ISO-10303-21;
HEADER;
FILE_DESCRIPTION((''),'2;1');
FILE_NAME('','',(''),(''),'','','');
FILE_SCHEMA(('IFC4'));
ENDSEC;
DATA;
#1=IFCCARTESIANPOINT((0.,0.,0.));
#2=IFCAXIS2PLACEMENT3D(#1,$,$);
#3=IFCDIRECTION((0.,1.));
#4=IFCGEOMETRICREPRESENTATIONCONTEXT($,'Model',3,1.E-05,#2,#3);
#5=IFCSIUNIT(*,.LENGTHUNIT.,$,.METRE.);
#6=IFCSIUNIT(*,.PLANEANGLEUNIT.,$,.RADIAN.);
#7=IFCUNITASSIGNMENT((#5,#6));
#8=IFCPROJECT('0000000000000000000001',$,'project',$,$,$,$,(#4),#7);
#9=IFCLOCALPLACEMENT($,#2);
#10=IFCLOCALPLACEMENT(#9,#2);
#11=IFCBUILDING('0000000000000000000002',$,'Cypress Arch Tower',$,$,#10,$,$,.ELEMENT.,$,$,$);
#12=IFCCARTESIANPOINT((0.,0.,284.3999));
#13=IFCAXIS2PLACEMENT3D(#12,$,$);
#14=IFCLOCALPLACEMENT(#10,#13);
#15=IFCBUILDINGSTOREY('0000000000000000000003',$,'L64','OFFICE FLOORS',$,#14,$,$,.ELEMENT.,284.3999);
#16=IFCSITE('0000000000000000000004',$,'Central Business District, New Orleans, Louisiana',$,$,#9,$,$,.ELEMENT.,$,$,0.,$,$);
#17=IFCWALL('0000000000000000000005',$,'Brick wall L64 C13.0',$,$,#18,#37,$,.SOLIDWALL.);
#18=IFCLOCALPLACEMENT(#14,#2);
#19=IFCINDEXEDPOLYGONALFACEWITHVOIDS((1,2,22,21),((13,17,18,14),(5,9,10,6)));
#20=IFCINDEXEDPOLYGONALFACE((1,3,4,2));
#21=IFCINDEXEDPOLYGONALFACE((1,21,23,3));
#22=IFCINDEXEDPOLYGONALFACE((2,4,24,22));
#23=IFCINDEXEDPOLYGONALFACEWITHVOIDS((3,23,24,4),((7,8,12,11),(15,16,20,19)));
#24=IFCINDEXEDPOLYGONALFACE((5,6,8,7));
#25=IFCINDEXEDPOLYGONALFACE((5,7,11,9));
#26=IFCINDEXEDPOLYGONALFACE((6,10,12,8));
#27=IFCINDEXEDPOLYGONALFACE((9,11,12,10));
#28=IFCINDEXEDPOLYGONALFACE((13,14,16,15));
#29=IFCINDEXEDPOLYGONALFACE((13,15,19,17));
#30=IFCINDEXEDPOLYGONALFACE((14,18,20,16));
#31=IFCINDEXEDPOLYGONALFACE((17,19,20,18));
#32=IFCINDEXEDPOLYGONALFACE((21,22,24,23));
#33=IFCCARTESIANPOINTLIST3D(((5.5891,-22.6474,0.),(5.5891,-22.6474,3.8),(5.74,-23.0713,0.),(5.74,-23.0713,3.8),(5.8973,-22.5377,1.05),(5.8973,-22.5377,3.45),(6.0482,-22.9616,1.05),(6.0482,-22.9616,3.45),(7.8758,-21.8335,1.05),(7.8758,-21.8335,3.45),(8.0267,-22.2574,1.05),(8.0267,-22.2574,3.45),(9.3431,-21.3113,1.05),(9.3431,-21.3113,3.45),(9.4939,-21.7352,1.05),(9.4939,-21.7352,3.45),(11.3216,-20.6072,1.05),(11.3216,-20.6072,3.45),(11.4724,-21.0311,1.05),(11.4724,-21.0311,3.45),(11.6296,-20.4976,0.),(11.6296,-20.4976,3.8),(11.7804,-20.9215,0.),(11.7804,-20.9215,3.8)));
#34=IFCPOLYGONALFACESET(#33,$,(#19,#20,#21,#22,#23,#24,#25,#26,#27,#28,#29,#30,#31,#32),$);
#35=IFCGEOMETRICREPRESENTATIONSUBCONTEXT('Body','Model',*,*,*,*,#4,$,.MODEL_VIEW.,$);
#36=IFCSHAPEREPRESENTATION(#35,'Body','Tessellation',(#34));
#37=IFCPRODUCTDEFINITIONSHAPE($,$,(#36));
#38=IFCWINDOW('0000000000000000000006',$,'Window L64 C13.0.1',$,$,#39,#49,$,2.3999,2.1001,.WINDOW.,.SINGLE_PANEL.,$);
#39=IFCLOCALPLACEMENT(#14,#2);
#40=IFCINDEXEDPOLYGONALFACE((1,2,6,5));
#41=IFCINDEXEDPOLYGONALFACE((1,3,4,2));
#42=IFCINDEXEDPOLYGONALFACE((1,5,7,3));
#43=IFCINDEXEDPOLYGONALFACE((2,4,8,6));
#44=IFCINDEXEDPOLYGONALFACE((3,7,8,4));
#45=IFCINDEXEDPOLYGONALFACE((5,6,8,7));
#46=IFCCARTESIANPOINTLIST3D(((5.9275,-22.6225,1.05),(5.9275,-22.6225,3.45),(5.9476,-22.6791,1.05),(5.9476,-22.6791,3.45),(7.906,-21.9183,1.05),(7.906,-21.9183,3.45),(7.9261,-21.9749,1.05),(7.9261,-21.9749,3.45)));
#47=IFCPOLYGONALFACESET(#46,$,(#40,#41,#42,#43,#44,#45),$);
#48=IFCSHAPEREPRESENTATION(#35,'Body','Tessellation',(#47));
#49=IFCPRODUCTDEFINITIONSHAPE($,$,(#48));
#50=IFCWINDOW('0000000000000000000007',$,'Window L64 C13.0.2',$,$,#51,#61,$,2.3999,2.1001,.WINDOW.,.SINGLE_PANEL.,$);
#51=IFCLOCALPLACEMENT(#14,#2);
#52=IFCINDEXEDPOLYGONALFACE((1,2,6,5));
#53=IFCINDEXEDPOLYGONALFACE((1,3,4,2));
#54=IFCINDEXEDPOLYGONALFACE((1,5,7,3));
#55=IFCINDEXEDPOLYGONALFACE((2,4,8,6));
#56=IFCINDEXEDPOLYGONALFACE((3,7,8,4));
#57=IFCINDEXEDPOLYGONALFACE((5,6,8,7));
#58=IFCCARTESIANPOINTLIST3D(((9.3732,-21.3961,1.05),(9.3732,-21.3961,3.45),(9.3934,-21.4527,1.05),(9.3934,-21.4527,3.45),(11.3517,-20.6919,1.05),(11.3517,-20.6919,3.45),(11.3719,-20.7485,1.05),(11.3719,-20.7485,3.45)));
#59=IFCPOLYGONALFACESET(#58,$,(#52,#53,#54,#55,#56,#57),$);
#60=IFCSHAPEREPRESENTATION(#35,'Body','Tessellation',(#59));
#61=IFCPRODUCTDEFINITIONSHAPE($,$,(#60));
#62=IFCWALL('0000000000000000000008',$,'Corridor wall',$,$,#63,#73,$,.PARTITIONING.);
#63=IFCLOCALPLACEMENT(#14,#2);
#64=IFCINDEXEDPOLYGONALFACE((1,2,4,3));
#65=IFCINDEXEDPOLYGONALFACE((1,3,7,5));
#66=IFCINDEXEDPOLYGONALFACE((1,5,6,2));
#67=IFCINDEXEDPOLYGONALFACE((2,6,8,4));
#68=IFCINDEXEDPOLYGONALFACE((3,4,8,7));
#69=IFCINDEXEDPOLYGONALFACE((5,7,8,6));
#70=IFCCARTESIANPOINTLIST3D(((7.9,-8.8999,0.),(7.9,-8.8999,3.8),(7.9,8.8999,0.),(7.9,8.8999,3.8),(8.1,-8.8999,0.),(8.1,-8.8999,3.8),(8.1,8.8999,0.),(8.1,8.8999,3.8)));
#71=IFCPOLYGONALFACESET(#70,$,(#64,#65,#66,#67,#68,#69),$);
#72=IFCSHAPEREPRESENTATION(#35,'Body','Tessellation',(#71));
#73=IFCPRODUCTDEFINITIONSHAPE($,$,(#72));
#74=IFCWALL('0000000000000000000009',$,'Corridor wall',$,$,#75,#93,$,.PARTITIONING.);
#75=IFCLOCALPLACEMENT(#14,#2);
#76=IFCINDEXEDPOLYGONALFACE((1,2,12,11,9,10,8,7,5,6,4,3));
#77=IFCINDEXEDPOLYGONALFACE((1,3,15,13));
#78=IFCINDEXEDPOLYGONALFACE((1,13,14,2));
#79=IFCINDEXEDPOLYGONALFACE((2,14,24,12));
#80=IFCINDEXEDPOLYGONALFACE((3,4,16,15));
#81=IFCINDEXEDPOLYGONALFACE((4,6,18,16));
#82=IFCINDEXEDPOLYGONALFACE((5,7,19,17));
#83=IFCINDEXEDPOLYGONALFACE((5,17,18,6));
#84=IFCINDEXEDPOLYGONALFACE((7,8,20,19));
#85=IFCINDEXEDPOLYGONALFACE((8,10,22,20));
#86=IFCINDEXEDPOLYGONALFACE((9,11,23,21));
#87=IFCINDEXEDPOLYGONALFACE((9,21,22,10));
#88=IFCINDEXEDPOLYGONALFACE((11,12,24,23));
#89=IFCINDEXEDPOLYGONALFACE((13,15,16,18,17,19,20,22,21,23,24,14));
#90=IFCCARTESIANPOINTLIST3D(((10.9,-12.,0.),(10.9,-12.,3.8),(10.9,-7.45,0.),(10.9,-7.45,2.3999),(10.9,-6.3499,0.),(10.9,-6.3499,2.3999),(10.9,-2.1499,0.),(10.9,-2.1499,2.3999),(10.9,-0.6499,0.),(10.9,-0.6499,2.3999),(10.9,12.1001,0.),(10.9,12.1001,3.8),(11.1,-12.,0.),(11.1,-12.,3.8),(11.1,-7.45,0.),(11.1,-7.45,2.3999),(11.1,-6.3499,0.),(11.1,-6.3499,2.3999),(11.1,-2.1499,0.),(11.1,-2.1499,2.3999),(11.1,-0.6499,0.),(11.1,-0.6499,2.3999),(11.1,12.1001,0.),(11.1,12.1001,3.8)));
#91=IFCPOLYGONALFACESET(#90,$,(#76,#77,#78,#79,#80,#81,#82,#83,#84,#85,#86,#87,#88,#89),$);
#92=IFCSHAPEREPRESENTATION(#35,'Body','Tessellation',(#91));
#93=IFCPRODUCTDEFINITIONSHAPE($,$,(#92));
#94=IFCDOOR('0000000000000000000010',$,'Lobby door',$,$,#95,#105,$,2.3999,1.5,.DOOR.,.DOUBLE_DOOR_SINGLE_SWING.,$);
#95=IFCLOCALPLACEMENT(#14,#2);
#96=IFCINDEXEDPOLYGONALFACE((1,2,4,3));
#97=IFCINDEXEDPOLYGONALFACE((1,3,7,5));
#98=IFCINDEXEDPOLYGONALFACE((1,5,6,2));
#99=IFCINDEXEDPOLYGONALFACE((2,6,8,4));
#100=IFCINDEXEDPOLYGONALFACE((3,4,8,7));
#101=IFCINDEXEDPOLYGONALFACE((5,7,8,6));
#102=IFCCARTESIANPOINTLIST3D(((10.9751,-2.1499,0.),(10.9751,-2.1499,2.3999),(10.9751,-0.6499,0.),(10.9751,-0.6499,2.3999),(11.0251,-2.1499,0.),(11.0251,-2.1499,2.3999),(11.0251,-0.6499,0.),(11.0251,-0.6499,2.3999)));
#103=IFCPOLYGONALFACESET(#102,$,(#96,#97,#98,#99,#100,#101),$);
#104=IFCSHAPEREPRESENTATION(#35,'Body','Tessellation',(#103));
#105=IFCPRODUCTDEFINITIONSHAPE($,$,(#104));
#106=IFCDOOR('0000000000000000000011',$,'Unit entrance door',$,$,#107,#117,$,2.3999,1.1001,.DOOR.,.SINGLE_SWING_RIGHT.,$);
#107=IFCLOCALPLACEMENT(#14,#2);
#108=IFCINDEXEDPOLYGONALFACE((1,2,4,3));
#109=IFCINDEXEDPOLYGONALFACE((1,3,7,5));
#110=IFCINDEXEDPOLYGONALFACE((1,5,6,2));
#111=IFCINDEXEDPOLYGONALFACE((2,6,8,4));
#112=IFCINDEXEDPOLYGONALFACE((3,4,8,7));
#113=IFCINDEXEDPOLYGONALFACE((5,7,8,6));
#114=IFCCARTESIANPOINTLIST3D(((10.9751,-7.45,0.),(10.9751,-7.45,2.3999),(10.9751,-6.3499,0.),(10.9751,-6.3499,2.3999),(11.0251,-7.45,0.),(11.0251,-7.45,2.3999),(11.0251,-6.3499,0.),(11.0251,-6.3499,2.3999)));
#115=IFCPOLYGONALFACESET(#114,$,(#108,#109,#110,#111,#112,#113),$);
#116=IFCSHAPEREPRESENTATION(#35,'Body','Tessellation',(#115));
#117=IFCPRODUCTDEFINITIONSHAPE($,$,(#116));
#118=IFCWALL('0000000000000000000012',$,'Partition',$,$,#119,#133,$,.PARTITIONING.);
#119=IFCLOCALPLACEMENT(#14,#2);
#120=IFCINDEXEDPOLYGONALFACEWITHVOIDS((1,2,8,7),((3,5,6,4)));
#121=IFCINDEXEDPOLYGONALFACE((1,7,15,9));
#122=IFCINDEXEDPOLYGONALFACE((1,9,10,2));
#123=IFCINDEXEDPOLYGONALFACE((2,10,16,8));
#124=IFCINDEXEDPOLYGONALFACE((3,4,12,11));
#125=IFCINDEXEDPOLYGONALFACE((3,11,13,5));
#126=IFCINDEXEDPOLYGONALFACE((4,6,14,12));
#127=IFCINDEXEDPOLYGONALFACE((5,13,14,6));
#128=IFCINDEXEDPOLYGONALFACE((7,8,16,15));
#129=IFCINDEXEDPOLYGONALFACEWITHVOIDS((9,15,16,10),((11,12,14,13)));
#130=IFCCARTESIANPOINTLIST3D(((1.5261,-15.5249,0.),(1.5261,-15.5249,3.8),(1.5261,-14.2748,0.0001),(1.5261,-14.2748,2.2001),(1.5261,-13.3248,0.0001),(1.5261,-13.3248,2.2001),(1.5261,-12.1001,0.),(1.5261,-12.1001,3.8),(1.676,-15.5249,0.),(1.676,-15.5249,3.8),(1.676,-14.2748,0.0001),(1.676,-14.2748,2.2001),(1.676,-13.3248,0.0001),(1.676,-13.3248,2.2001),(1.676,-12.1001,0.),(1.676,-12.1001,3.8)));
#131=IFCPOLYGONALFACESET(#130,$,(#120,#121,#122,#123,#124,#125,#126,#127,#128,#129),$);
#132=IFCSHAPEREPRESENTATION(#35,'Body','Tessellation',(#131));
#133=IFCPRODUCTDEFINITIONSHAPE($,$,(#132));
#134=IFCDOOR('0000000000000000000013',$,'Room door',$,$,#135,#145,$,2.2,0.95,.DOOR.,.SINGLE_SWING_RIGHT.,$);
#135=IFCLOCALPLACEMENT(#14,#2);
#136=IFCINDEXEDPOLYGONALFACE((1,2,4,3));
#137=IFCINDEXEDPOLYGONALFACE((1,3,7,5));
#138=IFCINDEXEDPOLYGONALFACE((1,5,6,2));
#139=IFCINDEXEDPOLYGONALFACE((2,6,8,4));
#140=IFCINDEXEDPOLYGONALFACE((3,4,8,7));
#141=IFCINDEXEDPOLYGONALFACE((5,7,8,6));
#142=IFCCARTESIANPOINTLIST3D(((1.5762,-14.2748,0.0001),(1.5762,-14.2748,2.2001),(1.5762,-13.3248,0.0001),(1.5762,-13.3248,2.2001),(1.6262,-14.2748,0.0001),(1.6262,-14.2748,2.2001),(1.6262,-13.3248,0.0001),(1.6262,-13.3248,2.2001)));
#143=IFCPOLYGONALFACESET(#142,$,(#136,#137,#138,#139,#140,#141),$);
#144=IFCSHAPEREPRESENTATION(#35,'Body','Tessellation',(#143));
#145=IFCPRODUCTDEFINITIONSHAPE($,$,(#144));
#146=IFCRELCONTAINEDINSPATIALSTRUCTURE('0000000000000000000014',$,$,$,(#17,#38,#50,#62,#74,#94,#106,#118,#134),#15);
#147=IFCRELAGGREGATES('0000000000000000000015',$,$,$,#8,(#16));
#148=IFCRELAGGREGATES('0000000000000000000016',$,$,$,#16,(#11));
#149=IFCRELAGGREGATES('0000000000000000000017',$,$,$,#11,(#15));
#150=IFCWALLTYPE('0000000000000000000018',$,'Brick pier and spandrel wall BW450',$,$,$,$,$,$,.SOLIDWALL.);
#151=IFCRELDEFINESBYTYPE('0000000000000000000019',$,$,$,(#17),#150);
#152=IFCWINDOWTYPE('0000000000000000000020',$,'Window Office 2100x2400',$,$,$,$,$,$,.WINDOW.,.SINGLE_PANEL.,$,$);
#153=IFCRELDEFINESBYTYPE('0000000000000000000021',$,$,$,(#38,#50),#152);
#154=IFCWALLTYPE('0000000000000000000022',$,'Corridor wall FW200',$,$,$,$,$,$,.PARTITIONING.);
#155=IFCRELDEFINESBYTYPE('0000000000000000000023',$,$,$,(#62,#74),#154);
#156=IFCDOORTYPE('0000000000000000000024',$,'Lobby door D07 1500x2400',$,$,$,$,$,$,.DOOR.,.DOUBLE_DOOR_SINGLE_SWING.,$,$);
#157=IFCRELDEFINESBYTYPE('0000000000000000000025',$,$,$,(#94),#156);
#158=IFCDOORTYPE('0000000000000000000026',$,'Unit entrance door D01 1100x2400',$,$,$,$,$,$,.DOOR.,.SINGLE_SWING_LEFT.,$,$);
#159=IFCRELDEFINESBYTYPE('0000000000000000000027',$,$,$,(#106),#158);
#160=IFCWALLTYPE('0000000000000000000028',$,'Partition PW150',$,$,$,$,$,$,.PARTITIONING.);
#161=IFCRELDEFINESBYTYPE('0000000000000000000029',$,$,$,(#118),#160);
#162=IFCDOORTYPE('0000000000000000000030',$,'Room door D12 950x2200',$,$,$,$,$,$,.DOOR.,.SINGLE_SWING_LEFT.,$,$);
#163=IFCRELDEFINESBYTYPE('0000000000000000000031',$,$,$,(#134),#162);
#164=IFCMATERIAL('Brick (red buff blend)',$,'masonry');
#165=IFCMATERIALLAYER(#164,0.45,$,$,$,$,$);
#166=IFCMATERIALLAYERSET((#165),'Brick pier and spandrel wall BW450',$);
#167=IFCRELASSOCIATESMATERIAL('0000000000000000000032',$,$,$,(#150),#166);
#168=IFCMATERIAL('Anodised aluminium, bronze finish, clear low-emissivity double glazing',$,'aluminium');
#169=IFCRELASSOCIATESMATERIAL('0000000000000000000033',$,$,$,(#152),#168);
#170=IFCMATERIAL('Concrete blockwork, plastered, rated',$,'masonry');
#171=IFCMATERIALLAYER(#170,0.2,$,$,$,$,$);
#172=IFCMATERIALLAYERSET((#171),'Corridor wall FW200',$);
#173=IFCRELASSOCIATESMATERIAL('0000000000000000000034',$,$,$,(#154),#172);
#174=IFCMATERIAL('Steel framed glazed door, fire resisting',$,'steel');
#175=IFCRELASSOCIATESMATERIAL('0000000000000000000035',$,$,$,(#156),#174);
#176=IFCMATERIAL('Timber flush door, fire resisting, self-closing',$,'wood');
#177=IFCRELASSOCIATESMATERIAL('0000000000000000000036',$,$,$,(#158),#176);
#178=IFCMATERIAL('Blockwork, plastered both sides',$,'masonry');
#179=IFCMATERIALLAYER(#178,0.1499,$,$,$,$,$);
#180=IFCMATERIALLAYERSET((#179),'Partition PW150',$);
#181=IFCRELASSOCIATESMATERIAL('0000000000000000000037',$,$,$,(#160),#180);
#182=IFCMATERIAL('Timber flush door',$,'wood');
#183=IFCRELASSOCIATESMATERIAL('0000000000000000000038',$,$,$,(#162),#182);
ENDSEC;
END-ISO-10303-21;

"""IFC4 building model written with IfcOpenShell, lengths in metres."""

from ifc_helpers import new_model, si_unit, direction, frame, frame_2d, origin, place, context, subcontext, project, spatial, rectangle, extrude, material, layer, layer_set, type_object, element, fill, save


model = new_model("IFC4")

# Units and contexts
model_context = context("Model", 3, precision=1e-05, world=origin(), true_north=direction((0.0, 1.0)))
body_context = subcontext(model_context, "Body", "Model", "MODEL_VIEW")
ifc_project = project(units=[si_unit("LENGTHUNIT", "METRE"), si_unit("PLANEANGLEUNIT", "RADIAN")], contexts=[model_context])

# Site, building, storey
site_placement = place(None, origin())
site = spatial("IfcSite", under=ifc_project, at=site_placement, Name="Central Business District, New Orleans, Louisiana", CompositionType="ELEMENT", RefElevation=0.0)
building_placement = place(site_placement, origin())
building = spatial("IfcBuilding", under=site, at=building_placement, Name="Cypress Arch Tower", CompositionType="ELEMENT")
storey_placement = place(building_placement, frame((0.0, 0.0, 284.3999)))
storey = spatial("IfcBuildingStorey", under=building, at=storey_placement, Name="L64", Description="OFFICE FLOORS", CompositionType="ELEMENT", Elevation=284.3999)

# Wall, openings, windows
ifc_material_1 = material(Name="Brick (red buff blend)", Category="masonry")
ifc_layer_1 = layer(ifc_material_1, 0.45)
ifc_layer_set_1 = layer_set([ifc_layer_1], Name="Brick pier and spandrel wall BW450")
wall_type_1 = type_object("IfcWallType", Name="Brick pier and spandrel wall BW450", PredefinedType="SOLIDWALL", material=ifc_layer_set_1)
wall_1_placement = place(storey_placement, frame((5.6646, -22.8594, 0.0), z_axis=(0.0, 0.0, 1.0), x_axis=(0.942108, 0.335309, 0.0)))
wall_1 = element("IfcWall", 1, at=wall_1_placement, inside=storey, type_object=wall_type_1, Name="Brick wall L64 C13.0", PredefinedType="SOLIDWALL", context=body_context, shape_type="SweptSolid", body=[
    extrude(rectangle(XDim=6.4116, YDim=0.45, at=frame_2d((3.2058, 0.0))), origin(), (0.0, 0.0, 1.0), 3.8),
])
opening_1_placement = place(wall_1_placement, frame((0.3271, 0.0, 1.05)))
opening_1 = element("IfcOpeningElement", 2, at=opening_1_placement, cuts=wall_1, PredefinedType="OPENING", context=body_context, shape_type="SweptSolid", body=[
    extrude(rectangle(XDim=2.1001, YDim=2.3999, at=frame_2d((1.05, 1.2))), frame((0.0, 0.2349, 0.0), z_axis=(0.0, -1.0, 0.0), x_axis=(1.0, 0.0, 0.0)), (0.0, 0.0, 1.0), 0.47),
])
opening_2_placement = place(wall_1_placement, frame((3.9846, 0.0, 1.05)))
opening_2 = element("IfcOpeningElement", 3, at=opening_2_placement, cuts=wall_1, PredefinedType="OPENING", context=body_context, shape_type="SweptSolid", body=[
    extrude(rectangle(XDim=2.1001, YDim=2.3999, at=frame_2d((1.05, 1.2))), frame((0.0, 0.2349, 0.0), z_axis=(0.0, -1.0, 0.0), x_axis=(1.0, 0.0, 0.0)), (0.0, 0.0, 1.0), 0.47),
])
ifc_material_2 = material(Name="Anodised aluminium, bronze finish, clear low-emissivity double glazing", Category="aluminium")
window_type = type_object("IfcWindowType", Name="Window Office 2100x2400", PartitioningType="SINGLE_PANEL", PredefinedType="WINDOW", material=ifc_material_2)
window_1_placement = place(opening_1_placement, origin())
window_1 = element("IfcWindow", 4, at=window_1_placement, inside=storey, type_object=window_type, Name="Window L64 C13.0.1", OverallHeight=2.3999, OverallWidth=2.1001, PartitioningType="SINGLE_PANEL", PredefinedType="WINDOW", context=body_context, shape_type="SweptSolid", body=[
    extrude(rectangle(XDim=2.1001, YDim=2.3999, at=frame_2d((1.05, 1.2))), frame((0.0, 0.135, 0.0), z_axis=(0.0, -1.0, 0.0), x_axis=(1.0, 0.0, 0.0)), (0.0, 0.0, 1.0), 0.0601),
])
fill(opening_1, window_1)
window_2_placement = place(opening_2_placement, origin())
window_2 = element("IfcWindow", 5, at=window_2_placement, inside=storey, type_object=window_type, Name="Window L64 C13.0.2", OverallHeight=2.3999, OverallWidth=2.1001, PartitioningType="SINGLE_PANEL", PredefinedType="WINDOW", context=body_context, shape_type="SweptSolid", body=[
    extrude(rectangle(XDim=2.1001, YDim=2.3999, at=frame_2d((1.05, 1.2))), frame((0.0, 0.135, 0.0), z_axis=(0.0, -1.0, 0.0), x_axis=(1.0, 0.0, 0.0)), (0.0, 0.0, 1.0), 0.0601),
])
fill(opening_2, window_2)

# Wall
ifc_material_3 = material(Name="Concrete blockwork, plastered, rated", Category="masonry")
ifc_layer_2 = layer(ifc_material_3, 0.2)
ifc_layer_set_2 = layer_set([ifc_layer_2], Name="Corridor wall FW200")
wall_type_2 = type_object("IfcWallType", Name="Corridor wall FW200", PredefinedType="PARTITIONING", material=ifc_layer_set_2)
wall_2_placement = place(storey_placement, frame((8.0, -8.8999, 0.0), z_axis=(0.0, 0.0, 1.0), x_axis=(0.0, 1.0, 0.0)))
element("IfcWall", 6, at=wall_2_placement, inside=storey, type_object=wall_type_2, Name="Corridor wall", PredefinedType="PARTITIONING", context=body_context, shape_type="SweptSolid", body=[
    extrude(rectangle(XDim=17.7998, YDim=0.2, at=frame_2d((8.8999, 0.0))), origin(), (0.0, 0.0, 1.0), 3.8),
])

# Wall, openings, doors
wall_3_placement = place(storey_placement, frame((11.0, -12.0, 0.0), z_axis=(0.0, 0.0, 1.0), x_axis=(0.0, 1.0, 0.0)))
wall_3 = element("IfcWall", 7, at=wall_3_placement, inside=storey, type_object=wall_type_2, Name="Corridor wall", PredefinedType="PARTITIONING", context=body_context, shape_type="SweptSolid", body=[
    extrude(rectangle(XDim=24.1001, YDim=0.2, at=frame_2d((12.05, 0.0))), origin(), (0.0, 0.0, 1.0), 3.8),
])
opening_3_placement = place(wall_3_placement, frame((9.8501, 0.0, 0.0)))
opening_3 = element("IfcOpeningElement", 8, at=opening_3_placement, cuts=wall_3, PredefinedType="OPENING", context=body_context, shape_type="SweptSolid", body=[
    extrude(rectangle(XDim=1.5, YDim=2.3999, at=frame_2d((0.75, 1.2))), frame((0.0, 0.1099, 0.0), z_axis=(0.0, -1.0, 0.0), x_axis=(1.0, 0.0, 0.0)), (0.0, 0.0, 1.0), 0.22),
])
opening_4_placement = place(wall_3_placement, frame((4.55, 0.0, 0.0)))
opening_4 = element("IfcOpeningElement", 9, at=opening_4_placement, cuts=wall_3, PredefinedType="OPENING", context=body_context, shape_type="SweptSolid", body=[
    extrude(rectangle(XDim=1.1001, YDim=2.3999, at=frame_2d((0.55, 1.2))), frame((0.0, 0.1099, 0.0), z_axis=(0.0, -1.0, 0.0), x_axis=(1.0, 0.0, 0.0)), (0.0, 0.0, 1.0), 0.22),
])
ifc_material_4 = material(Name="Steel framed glazed door, fire resisting", Category="steel")
door_type_1 = type_object("IfcDoorType", Name="Lobby door D07 1500x2400", OperationType="DOUBLE_DOOR_SINGLE_SWING", PredefinedType="DOOR", material=ifc_material_4)
door_1_placement = place(opening_3_placement, origin())
door_1 = element("IfcDoor", 10, at=door_1_placement, inside=storey, type_object=door_type_1, Name="Lobby door", OperationType="DOUBLE_DOOR_SINGLE_SWING", OverallHeight=2.3999, OverallWidth=1.5, PredefinedType="DOOR", context=body_context, shape_type="SweptSolid", body=[
    extrude(rectangle(XDim=1.5, YDim=2.3999, at=frame_2d((0.75, 1.2))), frame((0.0, 0.0249, 0.0), z_axis=(0.0, -1.0, 0.0), x_axis=(1.0, 0.0, 0.0)), (0.0, 0.0, 1.0), 0.05),
])
fill(opening_3, door_1)
ifc_material_5 = material(Name="Timber flush door, fire resisting, self-closing", Category="wood")
door_type_2 = type_object("IfcDoorType", Name="Unit entrance door D01 1100x2400", OperationType="SINGLE_SWING_LEFT", PredefinedType="DOOR", material=ifc_material_5)
door_2_placement = place(opening_4_placement, origin())
door_2 = element("IfcDoor", 11, at=door_2_placement, inside=storey, type_object=door_type_2, Name="Unit entrance door", OperationType="SINGLE_SWING_RIGHT", OverallHeight=2.3999, OverallWidth=1.1001, PredefinedType="DOOR", context=body_context, shape_type="SweptSolid", body=[
    extrude(rectangle(XDim=1.1001, YDim=2.3999, at=frame_2d((0.55, 1.2))), frame((0.0, 0.0249, 0.0), z_axis=(0.0, -1.0, 0.0), x_axis=(1.0, 0.0, 0.0)), (0.0, 0.0, 1.0), 0.05),
])
fill(opening_4, door_2)

# Wall, opening, door
ifc_material_6 = material(Name="Blockwork, plastered both sides", Category="masonry")
ifc_layer_3 = layer(ifc_material_6, 0.1499)
ifc_layer_set_3 = layer_set([ifc_layer_3], Name="Partition PW150")
wall_type_3 = type_object("IfcWallType", Name="Partition PW150", PredefinedType="PARTITIONING", material=ifc_layer_set_3)
wall_4_placement = place(storey_placement, frame((1.6011, -15.5249, 0.0), z_axis=(0.0, 0.0, 1.0), x_axis=(0.0, 1.0, 0.0)))
wall_4 = element("IfcWall", 12, at=wall_4_placement, inside=storey, type_object=wall_type_3, Name="Partition", PredefinedType="PARTITIONING", context=body_context, shape_type="SweptSolid", body=[
    extrude(rectangle(XDim=3.4248, YDim=0.1499, at=frame_2d((1.7124, 0.0))), origin(), (0.0, 0.0, 1.0), 3.8),
])
opening_5_placement = place(wall_4_placement, frame((1.25, 0.0, 0.0)))
opening_5 = element("IfcOpeningElement", 13, at=opening_5_placement, cuts=wall_4, PredefinedType="OPENING", context=body_context, shape_type="SweptSolid", body=[
    extrude(rectangle(XDim=0.95, YDim=2.2, at=frame_2d((0.4751, 1.1001))), frame((0.0, 0.085, 0.0), z_axis=(0.0, -1.0, 0.0), x_axis=(1.0, 0.0, 0.0)), (0.0, 0.0, 1.0), 0.1699),
])
ifc_material_7 = material(Name="Timber flush door", Category="wood")
door_type_3 = type_object("IfcDoorType", Name="Room door D12 950x2200", OperationType="SINGLE_SWING_LEFT", PredefinedType="DOOR", material=ifc_material_7)
door_3_placement = place(opening_5_placement, origin())
door_3 = element("IfcDoor", 14, at=door_3_placement, inside=storey, type_object=door_type_3, Name="Room door", OperationType="SINGLE_SWING_RIGHT", OverallHeight=2.2, OverallWidth=0.95, PredefinedType="DOOR", context=body_context, shape_type="SweptSolid", body=[
    extrude(rectangle(XDim=0.95, YDim=2.2, at=frame_2d((0.4751, 1.1001))), frame((0.0, 0.0249, 0.0), z_axis=(0.0, -1.0, 0.0), x_axis=(1.0, 0.0, 0.0)), (0.0, 0.0, 1.0), 0.05),
])
fill(opening_5, door_3)

save(model, "model.ifc")
